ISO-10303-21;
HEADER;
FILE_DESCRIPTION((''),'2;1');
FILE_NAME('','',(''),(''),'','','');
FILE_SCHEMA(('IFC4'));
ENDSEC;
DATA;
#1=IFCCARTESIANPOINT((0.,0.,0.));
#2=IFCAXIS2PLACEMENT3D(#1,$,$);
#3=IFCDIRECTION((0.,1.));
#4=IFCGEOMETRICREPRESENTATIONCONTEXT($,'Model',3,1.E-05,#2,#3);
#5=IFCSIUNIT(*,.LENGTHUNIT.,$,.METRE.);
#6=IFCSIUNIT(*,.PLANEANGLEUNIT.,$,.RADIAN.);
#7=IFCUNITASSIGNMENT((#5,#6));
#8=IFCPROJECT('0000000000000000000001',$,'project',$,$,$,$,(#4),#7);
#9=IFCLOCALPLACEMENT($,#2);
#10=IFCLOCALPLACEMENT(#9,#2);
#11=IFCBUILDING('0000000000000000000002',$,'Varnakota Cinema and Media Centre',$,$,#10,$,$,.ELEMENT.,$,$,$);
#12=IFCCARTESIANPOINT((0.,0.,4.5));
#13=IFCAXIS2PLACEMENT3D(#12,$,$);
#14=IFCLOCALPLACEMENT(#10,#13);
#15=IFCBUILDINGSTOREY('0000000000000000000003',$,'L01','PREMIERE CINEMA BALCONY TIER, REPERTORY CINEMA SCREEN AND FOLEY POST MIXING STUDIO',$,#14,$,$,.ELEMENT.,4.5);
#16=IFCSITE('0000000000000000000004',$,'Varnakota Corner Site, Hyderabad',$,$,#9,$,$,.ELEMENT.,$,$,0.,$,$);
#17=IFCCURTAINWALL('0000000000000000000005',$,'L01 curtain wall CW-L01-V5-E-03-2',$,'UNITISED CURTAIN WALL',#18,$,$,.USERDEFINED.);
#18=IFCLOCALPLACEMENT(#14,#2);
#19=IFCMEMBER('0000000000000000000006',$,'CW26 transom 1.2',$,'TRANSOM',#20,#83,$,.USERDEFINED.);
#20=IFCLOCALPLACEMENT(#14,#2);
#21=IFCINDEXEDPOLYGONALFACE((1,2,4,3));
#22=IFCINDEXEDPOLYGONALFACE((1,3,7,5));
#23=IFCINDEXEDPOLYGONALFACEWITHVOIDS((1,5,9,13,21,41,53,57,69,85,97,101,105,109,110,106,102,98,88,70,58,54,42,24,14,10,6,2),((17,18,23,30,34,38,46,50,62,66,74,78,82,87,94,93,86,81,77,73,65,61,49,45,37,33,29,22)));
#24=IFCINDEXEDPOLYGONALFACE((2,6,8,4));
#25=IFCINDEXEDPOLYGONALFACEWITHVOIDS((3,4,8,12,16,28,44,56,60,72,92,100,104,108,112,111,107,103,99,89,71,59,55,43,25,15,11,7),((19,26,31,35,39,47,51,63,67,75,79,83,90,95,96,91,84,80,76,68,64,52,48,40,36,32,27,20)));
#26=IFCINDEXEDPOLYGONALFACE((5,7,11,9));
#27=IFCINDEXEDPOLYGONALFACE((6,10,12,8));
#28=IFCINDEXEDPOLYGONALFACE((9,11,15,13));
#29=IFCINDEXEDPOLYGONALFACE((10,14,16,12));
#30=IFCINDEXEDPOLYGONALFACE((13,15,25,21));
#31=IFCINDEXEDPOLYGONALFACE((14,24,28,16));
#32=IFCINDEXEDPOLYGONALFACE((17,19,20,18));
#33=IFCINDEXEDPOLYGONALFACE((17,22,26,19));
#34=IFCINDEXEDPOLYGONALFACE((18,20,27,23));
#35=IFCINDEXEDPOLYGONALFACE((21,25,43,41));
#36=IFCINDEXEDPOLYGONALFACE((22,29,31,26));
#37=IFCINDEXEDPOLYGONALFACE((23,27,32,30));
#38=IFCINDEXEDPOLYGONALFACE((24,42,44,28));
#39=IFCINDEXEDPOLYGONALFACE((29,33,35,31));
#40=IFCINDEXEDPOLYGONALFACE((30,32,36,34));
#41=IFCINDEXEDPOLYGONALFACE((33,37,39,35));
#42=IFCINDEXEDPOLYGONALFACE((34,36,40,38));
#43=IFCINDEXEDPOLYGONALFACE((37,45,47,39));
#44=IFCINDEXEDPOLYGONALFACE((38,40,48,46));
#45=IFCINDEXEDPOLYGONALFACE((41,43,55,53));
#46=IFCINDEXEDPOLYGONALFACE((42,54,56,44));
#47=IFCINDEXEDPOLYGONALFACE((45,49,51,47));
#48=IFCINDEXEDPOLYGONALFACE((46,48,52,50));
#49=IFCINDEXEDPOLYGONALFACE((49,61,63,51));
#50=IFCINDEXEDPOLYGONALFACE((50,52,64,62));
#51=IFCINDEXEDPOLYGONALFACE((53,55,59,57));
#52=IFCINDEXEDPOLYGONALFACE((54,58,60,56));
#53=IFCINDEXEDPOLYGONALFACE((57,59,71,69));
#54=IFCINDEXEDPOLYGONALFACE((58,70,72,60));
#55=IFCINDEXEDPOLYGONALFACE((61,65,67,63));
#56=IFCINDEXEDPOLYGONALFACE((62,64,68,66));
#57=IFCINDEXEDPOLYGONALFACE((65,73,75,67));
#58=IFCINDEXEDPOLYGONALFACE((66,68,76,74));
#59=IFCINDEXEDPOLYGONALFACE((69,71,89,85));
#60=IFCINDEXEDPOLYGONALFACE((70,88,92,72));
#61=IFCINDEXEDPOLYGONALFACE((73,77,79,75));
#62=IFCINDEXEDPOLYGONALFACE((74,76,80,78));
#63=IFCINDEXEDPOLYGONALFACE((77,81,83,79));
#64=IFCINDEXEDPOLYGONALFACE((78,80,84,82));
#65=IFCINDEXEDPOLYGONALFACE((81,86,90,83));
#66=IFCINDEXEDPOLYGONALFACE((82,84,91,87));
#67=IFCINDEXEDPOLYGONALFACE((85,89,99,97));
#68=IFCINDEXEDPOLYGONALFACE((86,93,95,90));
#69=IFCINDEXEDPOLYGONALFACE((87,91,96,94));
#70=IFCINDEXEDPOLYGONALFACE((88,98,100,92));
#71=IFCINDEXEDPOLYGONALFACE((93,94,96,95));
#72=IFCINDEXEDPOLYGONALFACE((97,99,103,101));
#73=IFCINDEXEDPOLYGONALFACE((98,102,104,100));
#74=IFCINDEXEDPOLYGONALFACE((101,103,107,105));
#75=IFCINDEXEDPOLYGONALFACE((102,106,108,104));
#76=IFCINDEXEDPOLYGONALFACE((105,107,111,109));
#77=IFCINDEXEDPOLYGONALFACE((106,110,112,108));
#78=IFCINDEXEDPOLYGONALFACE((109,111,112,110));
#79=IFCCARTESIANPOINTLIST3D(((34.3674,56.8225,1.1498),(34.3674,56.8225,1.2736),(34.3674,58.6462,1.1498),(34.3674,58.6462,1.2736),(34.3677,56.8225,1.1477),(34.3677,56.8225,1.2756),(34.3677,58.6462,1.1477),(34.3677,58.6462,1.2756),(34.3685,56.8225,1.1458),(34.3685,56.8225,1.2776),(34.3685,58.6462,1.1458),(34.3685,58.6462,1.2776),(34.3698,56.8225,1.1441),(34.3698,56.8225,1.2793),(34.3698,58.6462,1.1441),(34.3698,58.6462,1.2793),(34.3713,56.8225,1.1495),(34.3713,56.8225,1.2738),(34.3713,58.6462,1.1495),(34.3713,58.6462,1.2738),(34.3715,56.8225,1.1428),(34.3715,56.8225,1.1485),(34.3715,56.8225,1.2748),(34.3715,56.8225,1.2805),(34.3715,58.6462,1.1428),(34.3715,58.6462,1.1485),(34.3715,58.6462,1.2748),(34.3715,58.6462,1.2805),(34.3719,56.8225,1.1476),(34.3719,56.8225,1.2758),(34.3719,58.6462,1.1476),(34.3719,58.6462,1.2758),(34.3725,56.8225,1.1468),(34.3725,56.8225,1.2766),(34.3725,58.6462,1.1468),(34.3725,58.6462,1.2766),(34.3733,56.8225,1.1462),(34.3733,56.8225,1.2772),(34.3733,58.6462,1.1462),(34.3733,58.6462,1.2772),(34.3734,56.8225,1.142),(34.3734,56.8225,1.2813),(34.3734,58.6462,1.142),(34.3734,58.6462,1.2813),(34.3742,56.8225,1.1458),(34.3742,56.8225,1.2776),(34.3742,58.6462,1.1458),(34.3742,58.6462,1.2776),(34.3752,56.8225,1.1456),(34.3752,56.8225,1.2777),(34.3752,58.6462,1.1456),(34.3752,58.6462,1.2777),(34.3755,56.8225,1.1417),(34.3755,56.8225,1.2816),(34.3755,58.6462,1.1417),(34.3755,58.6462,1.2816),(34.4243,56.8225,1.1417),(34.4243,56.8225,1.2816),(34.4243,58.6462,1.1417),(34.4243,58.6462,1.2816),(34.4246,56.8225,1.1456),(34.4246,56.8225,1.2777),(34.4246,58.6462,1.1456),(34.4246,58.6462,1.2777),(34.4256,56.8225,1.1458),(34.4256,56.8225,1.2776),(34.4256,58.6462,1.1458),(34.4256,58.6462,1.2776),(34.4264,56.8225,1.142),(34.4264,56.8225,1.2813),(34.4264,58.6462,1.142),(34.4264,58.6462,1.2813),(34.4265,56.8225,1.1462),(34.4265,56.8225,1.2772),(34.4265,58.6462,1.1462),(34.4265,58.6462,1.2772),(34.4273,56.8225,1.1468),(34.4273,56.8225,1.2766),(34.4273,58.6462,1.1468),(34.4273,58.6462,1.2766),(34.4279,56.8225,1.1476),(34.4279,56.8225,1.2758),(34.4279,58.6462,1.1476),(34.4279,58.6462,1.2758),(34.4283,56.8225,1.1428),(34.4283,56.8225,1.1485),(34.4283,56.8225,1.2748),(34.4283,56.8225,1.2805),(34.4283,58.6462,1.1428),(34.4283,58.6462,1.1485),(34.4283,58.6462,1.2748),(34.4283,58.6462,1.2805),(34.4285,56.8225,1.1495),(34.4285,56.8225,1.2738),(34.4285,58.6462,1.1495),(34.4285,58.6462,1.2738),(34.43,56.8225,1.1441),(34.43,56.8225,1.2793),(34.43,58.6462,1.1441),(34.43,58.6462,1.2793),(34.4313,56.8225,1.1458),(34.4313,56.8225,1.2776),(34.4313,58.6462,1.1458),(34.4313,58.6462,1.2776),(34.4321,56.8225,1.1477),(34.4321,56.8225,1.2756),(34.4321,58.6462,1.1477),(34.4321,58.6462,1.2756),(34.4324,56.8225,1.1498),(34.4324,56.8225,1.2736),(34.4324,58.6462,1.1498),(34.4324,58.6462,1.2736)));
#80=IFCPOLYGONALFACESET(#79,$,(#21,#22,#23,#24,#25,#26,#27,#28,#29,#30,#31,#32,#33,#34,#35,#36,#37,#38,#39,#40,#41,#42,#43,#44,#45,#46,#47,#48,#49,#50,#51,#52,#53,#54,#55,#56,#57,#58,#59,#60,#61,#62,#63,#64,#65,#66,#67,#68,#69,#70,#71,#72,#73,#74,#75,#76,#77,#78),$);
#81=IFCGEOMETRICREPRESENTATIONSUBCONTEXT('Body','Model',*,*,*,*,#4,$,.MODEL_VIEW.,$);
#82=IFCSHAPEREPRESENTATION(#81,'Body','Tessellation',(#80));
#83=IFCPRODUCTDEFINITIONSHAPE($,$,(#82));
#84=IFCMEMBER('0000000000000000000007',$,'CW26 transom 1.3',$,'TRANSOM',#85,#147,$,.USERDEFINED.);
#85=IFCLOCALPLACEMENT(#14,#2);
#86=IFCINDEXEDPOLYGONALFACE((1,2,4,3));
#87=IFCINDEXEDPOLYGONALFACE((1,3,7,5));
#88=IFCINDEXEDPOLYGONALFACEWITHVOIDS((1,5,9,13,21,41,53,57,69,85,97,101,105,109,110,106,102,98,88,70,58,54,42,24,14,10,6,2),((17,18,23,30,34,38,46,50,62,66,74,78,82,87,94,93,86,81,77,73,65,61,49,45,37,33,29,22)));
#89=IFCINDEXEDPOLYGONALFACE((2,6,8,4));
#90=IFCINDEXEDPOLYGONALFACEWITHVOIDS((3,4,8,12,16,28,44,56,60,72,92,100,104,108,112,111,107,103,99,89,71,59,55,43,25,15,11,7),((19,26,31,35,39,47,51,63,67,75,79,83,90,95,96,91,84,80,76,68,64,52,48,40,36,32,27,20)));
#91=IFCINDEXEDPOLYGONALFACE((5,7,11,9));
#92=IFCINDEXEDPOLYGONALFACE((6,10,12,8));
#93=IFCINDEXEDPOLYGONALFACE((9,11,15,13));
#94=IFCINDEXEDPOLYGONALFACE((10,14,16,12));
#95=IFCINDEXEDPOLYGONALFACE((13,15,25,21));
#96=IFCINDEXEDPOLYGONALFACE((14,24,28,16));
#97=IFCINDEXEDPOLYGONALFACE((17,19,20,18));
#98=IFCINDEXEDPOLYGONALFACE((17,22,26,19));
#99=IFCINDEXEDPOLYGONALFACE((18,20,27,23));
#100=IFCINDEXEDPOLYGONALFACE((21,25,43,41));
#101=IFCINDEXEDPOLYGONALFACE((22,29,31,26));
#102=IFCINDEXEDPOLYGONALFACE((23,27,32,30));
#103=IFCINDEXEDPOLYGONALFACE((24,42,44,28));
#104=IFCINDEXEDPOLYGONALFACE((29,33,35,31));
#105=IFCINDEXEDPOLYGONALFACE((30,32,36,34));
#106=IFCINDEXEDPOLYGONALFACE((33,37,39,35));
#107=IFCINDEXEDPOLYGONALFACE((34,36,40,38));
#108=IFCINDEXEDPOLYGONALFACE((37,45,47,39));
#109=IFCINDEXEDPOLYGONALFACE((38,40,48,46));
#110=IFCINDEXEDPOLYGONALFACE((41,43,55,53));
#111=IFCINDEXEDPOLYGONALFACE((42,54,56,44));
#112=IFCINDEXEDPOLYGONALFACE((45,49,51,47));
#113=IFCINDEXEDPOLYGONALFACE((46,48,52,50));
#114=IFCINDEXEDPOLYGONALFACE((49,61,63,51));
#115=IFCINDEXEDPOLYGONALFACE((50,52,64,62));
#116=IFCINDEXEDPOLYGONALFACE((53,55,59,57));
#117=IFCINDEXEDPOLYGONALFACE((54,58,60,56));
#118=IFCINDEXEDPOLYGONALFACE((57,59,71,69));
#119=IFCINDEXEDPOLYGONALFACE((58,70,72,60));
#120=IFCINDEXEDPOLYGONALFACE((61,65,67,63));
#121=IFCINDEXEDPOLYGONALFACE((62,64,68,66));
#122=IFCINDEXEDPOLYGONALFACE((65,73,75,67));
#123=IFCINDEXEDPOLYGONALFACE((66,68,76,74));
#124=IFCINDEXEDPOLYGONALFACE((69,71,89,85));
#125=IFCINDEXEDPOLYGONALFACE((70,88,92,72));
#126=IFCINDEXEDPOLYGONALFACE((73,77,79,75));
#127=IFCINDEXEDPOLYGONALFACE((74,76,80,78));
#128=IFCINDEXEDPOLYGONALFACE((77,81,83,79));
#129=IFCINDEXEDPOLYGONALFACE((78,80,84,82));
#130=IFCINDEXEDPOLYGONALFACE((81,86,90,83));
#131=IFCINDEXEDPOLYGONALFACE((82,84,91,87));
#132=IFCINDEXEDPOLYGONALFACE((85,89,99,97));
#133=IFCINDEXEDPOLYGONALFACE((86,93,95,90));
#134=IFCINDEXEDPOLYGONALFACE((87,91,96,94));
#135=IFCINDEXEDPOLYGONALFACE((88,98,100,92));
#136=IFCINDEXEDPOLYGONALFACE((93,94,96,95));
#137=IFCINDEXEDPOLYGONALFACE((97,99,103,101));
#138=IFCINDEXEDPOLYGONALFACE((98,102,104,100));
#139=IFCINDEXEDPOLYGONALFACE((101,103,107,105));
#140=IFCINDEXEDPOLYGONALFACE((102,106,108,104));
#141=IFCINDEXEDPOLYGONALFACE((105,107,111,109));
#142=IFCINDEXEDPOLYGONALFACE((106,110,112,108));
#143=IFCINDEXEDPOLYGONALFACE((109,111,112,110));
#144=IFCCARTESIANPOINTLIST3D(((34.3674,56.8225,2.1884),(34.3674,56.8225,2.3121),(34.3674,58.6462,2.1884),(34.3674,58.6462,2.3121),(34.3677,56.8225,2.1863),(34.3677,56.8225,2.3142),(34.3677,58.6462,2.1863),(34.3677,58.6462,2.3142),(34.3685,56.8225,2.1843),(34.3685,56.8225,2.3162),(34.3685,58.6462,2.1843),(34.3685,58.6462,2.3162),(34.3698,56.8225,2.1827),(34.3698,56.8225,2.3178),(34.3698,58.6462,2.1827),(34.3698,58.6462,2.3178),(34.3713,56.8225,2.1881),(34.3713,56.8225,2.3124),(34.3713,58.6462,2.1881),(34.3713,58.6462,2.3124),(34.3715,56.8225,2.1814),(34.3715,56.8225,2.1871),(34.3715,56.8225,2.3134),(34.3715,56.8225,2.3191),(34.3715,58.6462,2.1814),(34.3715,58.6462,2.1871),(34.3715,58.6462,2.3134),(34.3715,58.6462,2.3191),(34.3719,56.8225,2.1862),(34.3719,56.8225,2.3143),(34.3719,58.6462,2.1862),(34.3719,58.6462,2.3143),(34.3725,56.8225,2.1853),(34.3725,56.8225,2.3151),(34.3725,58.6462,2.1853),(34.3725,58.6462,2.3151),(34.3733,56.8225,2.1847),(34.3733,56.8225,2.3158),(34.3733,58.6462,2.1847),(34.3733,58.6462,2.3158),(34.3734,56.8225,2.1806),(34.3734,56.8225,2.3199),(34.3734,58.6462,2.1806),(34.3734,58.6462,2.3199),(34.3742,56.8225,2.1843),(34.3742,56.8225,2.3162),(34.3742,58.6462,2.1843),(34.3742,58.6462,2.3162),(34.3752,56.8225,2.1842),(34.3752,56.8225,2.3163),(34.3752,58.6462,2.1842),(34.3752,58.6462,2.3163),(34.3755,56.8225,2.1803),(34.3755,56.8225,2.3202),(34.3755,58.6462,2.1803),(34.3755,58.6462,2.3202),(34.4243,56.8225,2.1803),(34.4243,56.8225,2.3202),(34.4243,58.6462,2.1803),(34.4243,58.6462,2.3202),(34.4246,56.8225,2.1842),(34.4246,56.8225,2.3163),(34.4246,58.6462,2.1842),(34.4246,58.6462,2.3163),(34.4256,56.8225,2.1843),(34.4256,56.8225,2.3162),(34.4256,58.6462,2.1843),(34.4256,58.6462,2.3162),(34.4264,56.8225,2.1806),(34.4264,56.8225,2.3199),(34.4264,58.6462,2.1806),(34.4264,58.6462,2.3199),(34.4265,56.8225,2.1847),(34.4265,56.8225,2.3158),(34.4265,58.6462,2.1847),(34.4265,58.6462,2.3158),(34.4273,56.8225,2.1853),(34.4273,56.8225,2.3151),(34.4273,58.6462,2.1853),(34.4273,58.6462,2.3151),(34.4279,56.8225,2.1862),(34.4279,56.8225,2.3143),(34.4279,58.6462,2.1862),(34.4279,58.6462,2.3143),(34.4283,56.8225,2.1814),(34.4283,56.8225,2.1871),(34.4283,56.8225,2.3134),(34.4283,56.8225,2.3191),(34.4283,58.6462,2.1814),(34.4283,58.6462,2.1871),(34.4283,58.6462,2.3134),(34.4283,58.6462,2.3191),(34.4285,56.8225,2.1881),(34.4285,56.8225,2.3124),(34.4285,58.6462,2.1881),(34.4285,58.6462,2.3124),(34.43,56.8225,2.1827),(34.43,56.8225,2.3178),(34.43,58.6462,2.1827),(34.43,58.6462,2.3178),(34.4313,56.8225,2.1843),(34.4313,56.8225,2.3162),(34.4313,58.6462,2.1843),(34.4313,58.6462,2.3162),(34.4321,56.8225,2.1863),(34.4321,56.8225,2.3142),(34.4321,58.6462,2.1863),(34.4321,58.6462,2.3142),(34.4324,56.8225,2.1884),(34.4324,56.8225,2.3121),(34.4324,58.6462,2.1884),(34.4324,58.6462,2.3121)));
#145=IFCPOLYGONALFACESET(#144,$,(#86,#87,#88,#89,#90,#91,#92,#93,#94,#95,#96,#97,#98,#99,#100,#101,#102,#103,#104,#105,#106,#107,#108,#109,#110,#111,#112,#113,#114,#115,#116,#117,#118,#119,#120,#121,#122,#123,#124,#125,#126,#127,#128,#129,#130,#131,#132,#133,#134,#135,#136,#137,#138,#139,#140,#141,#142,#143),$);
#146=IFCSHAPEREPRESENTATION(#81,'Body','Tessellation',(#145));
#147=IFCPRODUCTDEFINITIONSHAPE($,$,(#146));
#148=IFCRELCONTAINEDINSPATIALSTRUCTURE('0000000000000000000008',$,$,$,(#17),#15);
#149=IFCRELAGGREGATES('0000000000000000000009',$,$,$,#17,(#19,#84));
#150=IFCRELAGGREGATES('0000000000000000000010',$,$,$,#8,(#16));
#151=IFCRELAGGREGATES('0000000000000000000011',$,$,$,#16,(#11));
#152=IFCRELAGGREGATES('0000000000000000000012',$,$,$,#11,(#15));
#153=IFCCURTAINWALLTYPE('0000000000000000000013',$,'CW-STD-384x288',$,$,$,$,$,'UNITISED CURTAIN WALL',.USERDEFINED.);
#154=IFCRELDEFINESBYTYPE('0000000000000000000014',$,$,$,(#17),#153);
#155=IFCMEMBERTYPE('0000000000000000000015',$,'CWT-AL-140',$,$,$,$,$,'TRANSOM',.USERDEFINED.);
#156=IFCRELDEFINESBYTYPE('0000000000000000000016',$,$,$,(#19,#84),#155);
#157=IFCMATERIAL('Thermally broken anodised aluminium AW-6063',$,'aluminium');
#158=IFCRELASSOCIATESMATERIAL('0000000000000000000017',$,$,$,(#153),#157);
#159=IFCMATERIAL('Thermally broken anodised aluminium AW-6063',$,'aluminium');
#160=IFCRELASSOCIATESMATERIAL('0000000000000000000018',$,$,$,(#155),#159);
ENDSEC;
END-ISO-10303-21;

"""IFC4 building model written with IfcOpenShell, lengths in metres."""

from ifc_helpers import new_model, si_unit, direction, frame, origin, origin_2d, place, context, subcontext, project, spatial, hollow_rectangle, extrude, material, material_profile, profile_set, type_object, element, aggregate, save


model = new_model("IFC4")

# Units and contexts
model_context = context("Model", 3, precision=1e-05, world=origin(), true_north=direction((0.0, 1.0)))
body_context = subcontext(model_context, "Body", "Model", "MODEL_VIEW")
ifc_project = project(units=[si_unit("LENGTHUNIT", "METRE"), si_unit("PLANEANGLEUNIT", "RADIAN")], contexts=[model_context])

# Site, building, storey
site_placement = place(None, origin())
site = spatial("IfcSite", under=ifc_project, at=site_placement, Name="Varnakota Corner Site, Hyderabad", CompositionType="ELEMENT", RefElevation=0.0)
building_placement = place(site_placement, origin())
building = spatial("IfcBuilding", under=site, at=building_placement, Name="Varnakota Cinema and Media Centre", CompositionType="ELEMENT")
storey_placement = place(building_placement, frame((0.0, 0.0, 4.5)))
storey = spatial("IfcBuildingStorey", under=building, at=storey_placement, Name="L01", Description="PREMIERE CINEMA BALCONY TIER, REPERTORY CINEMA SCREEN AND FOLEY POST MIXING STUDIO", CompositionType="ELEMENT", Elevation=4.5)

# Shared definitions
ifc_material_1 = material(Name="Thermally broken anodised aluminium AW-6063", Category="aluminium")
curtain_wall_type = type_object("IfcCurtainWallType", Name="CW-STD-384x288", ElementType="UNITISED CURTAIN WALL", PredefinedType="USERDEFINED", material=ifc_material_1)

# Curtain wall, members
curtain_wall_1_placement = place(storey_placement, origin())
curtain_wall_1 = element("IfcCurtainWall", 1, at=curtain_wall_1_placement, inside=storey, type_object=curtain_wall_type, Name="L01 curtain wall CW-L01-V5-E-03-2", ObjectType="UNITISED CURTAIN WALL", PredefinedType="USERDEFINED")
ifc_material_2 = material(Name="Thermally broken anodised aluminium AW-6063", Category="aluminium")
ifc_material_profile_1 = material_profile(ifc_material_2, hollow_rectangle(XDim=0.0649, YDim=0.1399, WallThickness=0.0039, InnerFilletRadius=0.0039, OuterFilletRadius=0.0081, at=origin_2d()), Name="AL-TRANSOM 140x65x4")
ifc_profile_set_1 = profile_set([ifc_material_profile_1], Name="Thermally broken anodised aluminium AW-6063")
member_type_1 = type_object("IfcMemberType", Name="CWT-AL-140", ElementType="TRANSOM", PredefinedType="USERDEFINED", material=ifc_profile_set_1)
member_1_placement = place(storey_placement, frame((34.3999, 56.8225, 1.2117), z_axis=(0.0, 1.0, 0.0), x_axis=(-1.0, 0.0, 0.0)))
member_1 = element("IfcMember", 2, at=member_1_placement, type_object=member_type_1, Name="CW26 transom 1.2", ObjectType="TRANSOM", PredefinedType="USERDEFINED", context=body_context, shape_type="SweptSolid", body=[
    extrude(hollow_rectangle(XDim=0.0649, YDim=0.1399, WallThickness=0.0039, InnerFilletRadius=0.0039, OuterFilletRadius=0.0081, at=origin_2d()), origin(), (0.0, 0.0, 1.0), 1.8237),
])
member_2_placement = place(storey_placement, frame((34.3999, 56.8225, 2.2502), z_axis=(0.0, 1.0, 0.0), x_axis=(-1.0, 0.0, 0.0)))
member_2 = element("IfcMember", 3, at=member_2_placement, type_object=member_type_1, Name="CW26 transom 1.3", ObjectType="TRANSOM", PredefinedType="USERDEFINED", context=body_context, shape_type="SweptSolid", body=[
    extrude(hollow_rectangle(XDim=0.0649, YDim=0.1399, WallThickness=0.0039, InnerFilletRadius=0.0039, OuterFilletRadius=0.0081, at=origin_2d()), origin(), (0.0, 0.0, 1.0), 1.8237),
])

aggregate(curtain_wall_1, [member_1, member_2])

save(model, "model.ifc")
